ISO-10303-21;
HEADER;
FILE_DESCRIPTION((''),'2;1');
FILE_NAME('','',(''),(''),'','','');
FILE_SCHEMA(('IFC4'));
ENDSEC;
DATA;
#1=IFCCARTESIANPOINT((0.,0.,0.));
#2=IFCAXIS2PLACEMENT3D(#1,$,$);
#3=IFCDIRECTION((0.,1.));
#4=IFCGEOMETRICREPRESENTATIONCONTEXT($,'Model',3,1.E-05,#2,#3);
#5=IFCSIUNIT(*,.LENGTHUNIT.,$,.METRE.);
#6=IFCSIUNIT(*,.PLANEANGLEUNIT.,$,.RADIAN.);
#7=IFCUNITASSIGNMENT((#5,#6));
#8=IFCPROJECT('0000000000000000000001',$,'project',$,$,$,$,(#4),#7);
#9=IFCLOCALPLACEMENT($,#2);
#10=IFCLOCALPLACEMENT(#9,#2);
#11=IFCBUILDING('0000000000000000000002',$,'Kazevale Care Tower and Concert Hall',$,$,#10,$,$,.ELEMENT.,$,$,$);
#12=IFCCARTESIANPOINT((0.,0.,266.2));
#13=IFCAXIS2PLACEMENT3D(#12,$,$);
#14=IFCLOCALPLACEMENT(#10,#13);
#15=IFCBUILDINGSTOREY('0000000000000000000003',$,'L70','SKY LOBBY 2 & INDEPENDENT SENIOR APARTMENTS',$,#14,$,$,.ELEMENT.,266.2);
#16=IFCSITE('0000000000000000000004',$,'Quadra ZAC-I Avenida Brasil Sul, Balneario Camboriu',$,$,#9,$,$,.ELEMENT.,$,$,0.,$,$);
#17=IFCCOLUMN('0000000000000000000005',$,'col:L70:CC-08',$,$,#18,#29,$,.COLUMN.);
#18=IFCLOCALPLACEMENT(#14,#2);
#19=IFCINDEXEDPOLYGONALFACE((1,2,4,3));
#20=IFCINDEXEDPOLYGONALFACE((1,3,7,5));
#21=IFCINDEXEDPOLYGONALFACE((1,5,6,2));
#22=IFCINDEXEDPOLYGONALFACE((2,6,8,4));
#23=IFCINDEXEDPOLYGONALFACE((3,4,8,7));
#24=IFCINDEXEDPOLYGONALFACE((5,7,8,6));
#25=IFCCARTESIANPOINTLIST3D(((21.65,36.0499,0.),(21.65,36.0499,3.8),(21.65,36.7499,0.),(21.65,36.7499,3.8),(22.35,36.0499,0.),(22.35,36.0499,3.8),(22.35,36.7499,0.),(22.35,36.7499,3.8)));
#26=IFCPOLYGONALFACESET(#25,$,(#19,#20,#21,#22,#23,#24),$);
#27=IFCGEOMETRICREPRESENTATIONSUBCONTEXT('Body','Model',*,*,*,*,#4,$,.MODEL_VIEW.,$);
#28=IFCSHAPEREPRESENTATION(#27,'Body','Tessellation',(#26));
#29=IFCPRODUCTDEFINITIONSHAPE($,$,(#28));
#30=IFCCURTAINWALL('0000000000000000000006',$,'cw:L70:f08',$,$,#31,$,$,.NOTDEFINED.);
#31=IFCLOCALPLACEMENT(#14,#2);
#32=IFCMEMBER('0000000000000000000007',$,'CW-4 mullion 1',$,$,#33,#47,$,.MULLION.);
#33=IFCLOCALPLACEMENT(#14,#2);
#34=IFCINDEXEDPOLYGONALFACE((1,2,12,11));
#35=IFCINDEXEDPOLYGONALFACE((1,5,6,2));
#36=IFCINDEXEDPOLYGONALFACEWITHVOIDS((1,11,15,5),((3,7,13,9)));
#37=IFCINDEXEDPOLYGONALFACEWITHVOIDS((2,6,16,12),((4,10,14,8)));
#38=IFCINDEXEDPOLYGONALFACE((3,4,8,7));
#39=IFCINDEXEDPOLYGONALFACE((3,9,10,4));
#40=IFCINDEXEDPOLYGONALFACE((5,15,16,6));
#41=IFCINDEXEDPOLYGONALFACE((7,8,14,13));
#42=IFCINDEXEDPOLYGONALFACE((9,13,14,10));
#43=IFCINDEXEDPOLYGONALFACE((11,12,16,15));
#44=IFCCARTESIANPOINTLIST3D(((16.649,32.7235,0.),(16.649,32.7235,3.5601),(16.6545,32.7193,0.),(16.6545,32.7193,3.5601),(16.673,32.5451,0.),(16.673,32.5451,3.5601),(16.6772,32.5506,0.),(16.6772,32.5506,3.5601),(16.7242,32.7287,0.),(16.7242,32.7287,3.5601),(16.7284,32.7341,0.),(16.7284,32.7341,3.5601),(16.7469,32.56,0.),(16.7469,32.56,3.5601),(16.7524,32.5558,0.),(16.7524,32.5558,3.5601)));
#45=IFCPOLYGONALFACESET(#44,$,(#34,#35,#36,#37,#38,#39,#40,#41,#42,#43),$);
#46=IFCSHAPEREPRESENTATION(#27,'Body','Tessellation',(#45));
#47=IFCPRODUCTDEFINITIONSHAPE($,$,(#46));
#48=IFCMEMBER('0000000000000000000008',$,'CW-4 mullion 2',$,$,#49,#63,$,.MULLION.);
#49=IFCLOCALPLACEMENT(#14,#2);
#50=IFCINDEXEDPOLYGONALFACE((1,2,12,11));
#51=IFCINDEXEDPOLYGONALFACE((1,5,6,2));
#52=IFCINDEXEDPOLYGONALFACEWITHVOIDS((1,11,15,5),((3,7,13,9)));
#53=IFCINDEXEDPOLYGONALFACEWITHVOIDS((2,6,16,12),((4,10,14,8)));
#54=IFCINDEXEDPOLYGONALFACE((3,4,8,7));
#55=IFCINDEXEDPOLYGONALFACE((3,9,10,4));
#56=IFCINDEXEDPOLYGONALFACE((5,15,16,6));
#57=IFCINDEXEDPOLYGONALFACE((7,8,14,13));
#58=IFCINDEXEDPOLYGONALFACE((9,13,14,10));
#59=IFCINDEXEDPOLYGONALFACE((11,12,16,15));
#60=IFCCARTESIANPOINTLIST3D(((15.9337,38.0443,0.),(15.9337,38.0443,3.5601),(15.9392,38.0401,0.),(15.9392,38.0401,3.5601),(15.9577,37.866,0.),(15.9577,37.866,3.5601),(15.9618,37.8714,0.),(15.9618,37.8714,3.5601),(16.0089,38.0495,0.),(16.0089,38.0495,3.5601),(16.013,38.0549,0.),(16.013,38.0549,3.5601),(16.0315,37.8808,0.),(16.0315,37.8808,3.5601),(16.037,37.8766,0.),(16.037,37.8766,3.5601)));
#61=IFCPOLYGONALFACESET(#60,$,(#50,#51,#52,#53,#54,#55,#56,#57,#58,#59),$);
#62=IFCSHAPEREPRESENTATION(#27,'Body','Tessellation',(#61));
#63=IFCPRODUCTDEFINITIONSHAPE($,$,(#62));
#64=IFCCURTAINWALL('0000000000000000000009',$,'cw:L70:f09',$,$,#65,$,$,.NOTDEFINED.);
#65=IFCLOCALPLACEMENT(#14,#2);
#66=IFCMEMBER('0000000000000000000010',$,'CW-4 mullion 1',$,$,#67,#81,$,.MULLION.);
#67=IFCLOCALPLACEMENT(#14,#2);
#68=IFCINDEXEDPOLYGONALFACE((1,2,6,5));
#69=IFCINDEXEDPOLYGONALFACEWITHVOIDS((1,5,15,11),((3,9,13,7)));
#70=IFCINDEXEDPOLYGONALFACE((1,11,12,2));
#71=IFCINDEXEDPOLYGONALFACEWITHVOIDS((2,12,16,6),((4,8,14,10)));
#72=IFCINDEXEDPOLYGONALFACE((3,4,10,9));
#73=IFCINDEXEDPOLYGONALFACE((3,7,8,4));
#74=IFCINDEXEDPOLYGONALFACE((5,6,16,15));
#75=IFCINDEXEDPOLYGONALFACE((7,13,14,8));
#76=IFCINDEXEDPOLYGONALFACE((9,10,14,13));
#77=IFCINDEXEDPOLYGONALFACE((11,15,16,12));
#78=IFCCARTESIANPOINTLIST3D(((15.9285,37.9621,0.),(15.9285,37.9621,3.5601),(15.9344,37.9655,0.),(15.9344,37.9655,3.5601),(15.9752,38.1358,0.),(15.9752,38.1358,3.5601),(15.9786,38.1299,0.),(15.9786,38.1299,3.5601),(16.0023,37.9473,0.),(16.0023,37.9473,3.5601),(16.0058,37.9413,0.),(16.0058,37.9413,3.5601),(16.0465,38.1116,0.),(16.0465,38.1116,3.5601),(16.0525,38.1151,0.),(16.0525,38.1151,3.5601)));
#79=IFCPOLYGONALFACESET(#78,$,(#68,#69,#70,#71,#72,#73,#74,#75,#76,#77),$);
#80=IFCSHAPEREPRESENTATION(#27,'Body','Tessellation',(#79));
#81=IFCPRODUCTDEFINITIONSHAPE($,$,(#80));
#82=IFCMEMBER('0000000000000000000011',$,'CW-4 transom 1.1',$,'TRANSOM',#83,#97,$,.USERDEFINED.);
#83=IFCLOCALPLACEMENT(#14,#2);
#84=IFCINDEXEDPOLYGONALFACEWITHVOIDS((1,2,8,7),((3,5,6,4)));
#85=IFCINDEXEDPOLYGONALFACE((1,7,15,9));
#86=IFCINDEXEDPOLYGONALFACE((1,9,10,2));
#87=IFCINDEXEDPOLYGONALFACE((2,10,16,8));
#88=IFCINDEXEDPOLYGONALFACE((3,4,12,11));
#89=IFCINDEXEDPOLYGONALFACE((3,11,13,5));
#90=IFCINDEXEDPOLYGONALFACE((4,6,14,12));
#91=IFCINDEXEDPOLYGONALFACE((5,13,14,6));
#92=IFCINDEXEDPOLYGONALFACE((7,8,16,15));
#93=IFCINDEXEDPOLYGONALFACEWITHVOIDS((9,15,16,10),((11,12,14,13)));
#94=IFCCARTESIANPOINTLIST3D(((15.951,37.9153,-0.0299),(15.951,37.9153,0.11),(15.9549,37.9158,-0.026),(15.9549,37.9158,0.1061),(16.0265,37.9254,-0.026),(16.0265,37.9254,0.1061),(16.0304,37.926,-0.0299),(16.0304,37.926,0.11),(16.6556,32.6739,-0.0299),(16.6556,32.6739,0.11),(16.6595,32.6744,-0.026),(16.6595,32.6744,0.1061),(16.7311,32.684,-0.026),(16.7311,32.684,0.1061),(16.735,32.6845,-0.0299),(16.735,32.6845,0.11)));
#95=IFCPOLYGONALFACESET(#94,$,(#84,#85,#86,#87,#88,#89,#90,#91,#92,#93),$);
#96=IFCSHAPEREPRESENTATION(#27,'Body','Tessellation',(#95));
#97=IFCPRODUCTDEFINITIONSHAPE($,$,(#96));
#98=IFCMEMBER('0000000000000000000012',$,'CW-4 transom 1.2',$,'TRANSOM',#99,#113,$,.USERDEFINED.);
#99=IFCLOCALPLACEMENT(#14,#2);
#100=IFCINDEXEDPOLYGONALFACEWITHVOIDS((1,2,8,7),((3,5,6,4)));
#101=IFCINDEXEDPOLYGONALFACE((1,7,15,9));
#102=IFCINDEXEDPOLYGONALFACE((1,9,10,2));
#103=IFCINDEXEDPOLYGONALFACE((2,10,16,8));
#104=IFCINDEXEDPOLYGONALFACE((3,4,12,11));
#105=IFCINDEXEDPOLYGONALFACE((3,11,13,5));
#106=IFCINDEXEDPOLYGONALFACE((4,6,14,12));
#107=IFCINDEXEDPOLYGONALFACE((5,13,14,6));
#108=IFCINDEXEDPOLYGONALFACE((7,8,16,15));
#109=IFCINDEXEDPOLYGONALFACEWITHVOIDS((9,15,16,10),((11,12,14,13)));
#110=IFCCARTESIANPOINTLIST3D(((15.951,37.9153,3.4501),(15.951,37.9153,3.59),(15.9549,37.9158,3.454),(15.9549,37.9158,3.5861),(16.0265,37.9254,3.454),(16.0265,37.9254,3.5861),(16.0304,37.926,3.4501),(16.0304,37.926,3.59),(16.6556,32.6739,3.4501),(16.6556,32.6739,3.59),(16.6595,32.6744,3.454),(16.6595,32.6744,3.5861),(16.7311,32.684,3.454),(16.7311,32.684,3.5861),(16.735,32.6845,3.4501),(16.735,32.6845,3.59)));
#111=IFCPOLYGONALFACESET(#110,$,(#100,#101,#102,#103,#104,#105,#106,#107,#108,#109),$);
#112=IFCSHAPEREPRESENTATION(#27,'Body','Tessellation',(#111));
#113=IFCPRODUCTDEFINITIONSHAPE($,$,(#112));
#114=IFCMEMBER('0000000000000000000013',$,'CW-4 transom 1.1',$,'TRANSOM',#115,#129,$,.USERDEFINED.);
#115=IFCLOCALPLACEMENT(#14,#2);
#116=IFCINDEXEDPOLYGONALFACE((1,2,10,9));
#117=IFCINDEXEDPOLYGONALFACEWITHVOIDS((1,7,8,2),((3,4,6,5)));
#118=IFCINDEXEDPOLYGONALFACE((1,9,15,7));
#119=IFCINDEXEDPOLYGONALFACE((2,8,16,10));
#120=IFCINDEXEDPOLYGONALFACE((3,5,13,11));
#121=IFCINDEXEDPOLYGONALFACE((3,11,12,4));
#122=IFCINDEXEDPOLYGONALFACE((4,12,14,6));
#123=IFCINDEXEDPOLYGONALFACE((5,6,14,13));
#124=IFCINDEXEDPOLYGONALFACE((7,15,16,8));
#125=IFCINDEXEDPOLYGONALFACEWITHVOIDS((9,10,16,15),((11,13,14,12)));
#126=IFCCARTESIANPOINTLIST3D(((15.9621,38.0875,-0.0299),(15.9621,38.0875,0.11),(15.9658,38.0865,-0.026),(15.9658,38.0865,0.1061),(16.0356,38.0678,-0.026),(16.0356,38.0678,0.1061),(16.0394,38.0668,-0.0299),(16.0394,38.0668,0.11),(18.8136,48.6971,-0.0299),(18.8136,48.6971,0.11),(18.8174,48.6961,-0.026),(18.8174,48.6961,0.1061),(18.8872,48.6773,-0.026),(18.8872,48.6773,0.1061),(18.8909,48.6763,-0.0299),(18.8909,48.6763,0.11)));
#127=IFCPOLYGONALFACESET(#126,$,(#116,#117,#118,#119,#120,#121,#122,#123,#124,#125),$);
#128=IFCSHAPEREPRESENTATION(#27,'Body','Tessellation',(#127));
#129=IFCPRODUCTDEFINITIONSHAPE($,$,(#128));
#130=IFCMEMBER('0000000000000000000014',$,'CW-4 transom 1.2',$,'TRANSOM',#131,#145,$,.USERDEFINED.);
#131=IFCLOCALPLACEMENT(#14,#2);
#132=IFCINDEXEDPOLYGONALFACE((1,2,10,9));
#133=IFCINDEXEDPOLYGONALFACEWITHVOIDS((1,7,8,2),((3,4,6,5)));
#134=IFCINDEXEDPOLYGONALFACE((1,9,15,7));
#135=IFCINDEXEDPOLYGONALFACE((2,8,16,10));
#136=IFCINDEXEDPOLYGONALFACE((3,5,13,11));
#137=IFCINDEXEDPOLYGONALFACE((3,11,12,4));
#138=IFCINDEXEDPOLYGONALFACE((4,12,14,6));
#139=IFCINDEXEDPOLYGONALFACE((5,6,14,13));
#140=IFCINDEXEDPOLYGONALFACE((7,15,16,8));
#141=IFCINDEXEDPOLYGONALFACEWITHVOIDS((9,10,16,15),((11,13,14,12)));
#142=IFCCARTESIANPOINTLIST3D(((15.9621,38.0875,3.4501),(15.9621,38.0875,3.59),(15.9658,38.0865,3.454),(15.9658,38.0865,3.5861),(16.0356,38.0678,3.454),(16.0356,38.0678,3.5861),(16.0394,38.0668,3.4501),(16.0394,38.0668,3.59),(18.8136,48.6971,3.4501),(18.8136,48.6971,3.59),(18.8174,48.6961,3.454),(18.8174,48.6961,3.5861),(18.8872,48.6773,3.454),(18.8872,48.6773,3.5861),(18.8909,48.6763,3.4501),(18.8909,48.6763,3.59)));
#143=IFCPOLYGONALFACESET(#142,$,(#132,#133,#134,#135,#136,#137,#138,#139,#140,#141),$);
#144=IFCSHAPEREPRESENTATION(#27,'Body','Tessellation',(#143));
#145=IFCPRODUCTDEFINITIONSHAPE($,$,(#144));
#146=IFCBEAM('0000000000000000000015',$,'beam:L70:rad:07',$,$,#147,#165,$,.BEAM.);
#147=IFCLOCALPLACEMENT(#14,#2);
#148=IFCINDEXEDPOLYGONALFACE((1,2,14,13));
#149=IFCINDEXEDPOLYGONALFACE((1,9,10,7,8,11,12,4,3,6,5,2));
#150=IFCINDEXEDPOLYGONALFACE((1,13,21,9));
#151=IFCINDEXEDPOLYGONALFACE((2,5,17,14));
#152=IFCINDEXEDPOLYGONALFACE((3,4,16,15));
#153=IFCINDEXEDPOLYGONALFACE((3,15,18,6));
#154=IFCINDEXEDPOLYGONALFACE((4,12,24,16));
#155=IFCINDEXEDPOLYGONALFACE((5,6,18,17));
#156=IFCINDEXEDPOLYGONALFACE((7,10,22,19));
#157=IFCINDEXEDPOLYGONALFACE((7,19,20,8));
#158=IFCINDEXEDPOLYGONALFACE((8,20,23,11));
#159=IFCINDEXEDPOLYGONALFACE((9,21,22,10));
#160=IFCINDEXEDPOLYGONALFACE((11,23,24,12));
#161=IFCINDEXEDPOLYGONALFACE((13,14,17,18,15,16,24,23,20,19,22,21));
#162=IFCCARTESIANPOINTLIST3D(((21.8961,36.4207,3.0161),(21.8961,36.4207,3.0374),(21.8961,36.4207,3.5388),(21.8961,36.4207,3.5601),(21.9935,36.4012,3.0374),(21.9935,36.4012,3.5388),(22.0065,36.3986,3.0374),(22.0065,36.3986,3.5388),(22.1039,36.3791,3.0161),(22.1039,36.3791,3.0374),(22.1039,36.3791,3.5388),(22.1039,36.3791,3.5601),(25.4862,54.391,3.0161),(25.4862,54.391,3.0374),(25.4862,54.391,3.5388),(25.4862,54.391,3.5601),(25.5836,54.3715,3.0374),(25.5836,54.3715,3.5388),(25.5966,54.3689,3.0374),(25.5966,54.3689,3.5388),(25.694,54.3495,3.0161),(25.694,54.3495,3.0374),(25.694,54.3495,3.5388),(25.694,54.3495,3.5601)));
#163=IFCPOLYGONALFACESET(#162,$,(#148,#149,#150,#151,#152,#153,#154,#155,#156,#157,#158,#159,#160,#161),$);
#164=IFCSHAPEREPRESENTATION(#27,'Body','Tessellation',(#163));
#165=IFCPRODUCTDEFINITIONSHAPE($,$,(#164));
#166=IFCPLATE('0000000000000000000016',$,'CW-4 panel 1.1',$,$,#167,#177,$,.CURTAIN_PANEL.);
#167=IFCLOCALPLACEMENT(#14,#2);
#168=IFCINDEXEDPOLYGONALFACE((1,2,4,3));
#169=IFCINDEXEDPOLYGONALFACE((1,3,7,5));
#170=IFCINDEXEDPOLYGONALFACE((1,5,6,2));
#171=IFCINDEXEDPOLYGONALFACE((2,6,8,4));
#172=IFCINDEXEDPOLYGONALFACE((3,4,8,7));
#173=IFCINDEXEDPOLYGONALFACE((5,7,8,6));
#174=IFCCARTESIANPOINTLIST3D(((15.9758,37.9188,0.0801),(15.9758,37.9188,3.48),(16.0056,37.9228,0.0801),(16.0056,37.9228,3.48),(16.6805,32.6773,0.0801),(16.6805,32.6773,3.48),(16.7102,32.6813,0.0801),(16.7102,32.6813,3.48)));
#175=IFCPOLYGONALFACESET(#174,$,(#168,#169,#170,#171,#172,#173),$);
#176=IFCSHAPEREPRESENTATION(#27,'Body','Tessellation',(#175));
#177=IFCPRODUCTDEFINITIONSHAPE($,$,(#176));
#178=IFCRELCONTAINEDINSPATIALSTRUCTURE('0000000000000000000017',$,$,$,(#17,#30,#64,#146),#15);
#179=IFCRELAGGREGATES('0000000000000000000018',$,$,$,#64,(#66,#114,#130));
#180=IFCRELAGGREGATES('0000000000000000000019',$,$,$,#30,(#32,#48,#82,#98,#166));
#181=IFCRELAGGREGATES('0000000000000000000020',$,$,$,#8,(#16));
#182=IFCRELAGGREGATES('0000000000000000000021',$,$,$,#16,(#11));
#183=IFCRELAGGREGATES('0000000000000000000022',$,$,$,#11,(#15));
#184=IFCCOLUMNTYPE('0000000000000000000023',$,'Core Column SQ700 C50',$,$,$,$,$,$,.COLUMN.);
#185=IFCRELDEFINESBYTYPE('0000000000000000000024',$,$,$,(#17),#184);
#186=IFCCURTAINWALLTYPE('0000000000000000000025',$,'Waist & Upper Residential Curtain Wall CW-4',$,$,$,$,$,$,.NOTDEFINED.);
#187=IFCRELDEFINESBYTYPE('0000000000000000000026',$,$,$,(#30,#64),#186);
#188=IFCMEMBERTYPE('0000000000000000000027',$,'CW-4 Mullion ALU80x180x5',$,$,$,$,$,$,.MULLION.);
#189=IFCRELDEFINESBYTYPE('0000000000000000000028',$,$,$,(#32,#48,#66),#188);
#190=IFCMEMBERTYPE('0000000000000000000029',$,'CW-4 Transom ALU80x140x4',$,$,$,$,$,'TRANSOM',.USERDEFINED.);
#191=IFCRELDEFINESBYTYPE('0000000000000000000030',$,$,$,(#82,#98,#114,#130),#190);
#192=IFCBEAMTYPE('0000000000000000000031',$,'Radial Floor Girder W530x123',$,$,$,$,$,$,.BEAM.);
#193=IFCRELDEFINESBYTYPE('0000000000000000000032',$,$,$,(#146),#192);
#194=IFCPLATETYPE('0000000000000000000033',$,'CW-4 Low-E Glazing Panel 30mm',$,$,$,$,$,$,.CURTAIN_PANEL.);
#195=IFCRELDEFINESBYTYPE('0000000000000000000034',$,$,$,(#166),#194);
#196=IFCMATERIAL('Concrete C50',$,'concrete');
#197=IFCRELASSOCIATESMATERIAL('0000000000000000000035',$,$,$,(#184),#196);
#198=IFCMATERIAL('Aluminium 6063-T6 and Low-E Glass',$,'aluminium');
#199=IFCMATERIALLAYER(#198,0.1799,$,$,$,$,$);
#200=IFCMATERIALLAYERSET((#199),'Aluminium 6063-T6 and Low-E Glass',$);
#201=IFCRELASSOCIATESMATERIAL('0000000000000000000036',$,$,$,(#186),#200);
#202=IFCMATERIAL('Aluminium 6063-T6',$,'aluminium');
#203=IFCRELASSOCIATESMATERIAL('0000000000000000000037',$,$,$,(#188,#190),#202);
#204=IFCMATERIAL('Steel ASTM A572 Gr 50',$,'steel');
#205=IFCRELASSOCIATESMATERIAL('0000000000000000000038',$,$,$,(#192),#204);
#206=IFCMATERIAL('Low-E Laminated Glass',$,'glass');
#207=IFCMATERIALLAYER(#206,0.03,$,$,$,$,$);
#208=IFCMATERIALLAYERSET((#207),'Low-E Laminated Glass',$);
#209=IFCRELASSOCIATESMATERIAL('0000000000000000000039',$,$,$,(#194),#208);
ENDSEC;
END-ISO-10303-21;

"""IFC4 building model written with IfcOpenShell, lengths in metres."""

from ifc_helpers import new_model, si_unit, direction, frame, origin, origin_2d, place, context, subcontext, project, spatial, rectangle, hollow_rectangle, i_section, extrude, material, layer, layer_set, material_profile, profile_set, type_object, element, aggregate, save


model = new_model("IFC4")

# Units and contexts
model_context = context("Model", 3, precision=1e-05, world=origin(), true_north=direction((0.0, 1.0)))
body_context = subcontext(model_context, "Body", "Model", "MODEL_VIEW")
ifc_project = project(units=[si_unit("LENGTHUNIT", "METRE"), si_unit("PLANEANGLEUNIT", "RADIAN")], contexts=[model_context])

# Site, building, storey
site_placement = place(None, origin())
site = spatial("IfcSite", under=ifc_project, at=site_placement, Name="Quadra ZAC-I Avenida Brasil Sul, Balneario Camboriu", CompositionType="ELEMENT", RefElevation=0.0)
building_placement = place(site_placement, origin())
building = spatial("IfcBuilding", under=site, at=building_placement, Name="Kazevale Care Tower and Concert Hall", CompositionType="ELEMENT")
storey_placement = place(building_placement, frame((0.0, 0.0, 266.2)))
storey = spatial("IfcBuildingStorey", under=building, at=storey_placement, Name="L70", Description="SKY LOBBY 2 & INDEPENDENT SENIOR APARTMENTS", CompositionType="ELEMENT", Elevation=266.2)

# Column
ifc_material_1 = material(Name="Concrete C50", Category="concrete")
ifc_material_profile_1 = material_profile(ifc_material_1, rectangle(XDim=0.7, YDim=0.7, at=origin_2d()), Name="RC-SQ700")
ifc_profile_set_1 = profile_set([ifc_material_profile_1], Name="Concrete C50")
column_type = type_object("IfcColumnType", Name="Core Column SQ700 C50", PredefinedType="COLUMN", material=ifc_profile_set_1)
column_placement = place(storey_placement, frame((22.0, 36.3999, 0.0), z_axis=(0.0, 0.0, 1.0), x_axis=(1.0, 0.0, 0.0)))
element("IfcColumn", 1, at=column_placement, inside=storey, type_object=column_type, Name="col:L70:CC-08", PredefinedType="COLUMN", context=body_context, shape_type="SweptSolid", body=[
    extrude(rectangle(XDim=0.7, YDim=0.7, at=origin_2d()), origin(), (0.0, 0.0, 1.0), 3.8),
])

# Curtain wall, members
ifc_material_2 = material(Name="Aluminium 6063-T6 and Low-E Glass", Category="aluminium")
ifc_layer_1 = layer(ifc_material_2, 0.1799)
ifc_layer_set_1 = layer_set([ifc_layer_1], Name="Aluminium 6063-T6 and Low-E Glass")
curtain_wall_type = type_object("IfcCurtainWallType", Name="Waist & Upper Residential Curtain Wall CW-4", PredefinedType="NOTDEFINED", material=ifc_layer_set_1)
curtain_wall_1_placement = place(storey_placement, origin())
curtain_wall_1 = element("IfcCurtainWall", 2, at=curtain_wall_1_placement, inside=storey, type_object=curtain_wall_type, Name="cw:L70:f08", PredefinedType="NOTDEFINED")
ifc_material_3 = material(Name="Aluminium 6063-T6", Category="aluminium")
ifc_material_profile_2 = material_profile(ifc_material_3, hollow_rectangle(XDim=0.0801, YDim=0.1799, WallThickness=0.0049, at=origin_2d()), Name="ALU80x180x5")
ifc_profile_set_2 = profile_set([ifc_material_profile_2], Name="Aluminium 6063-T6")
member_type_1 = type_object("IfcMemberType", Name="CW-4 Mullion ALU80x180x5", PredefinedType="MULLION", material=ifc_profile_set_2)
member_1_placement = place(storey_placement, frame((16.7007, 32.6396, 0.0), z_axis=(0.0, 0.0, 1.0), x_axis=(-0.991083, -0.133246, 0.0)))
member_1 = element("IfcMember", 3, at=member_1_placement, type_object=member_type_1, Name="CW-4 mullion 1", PredefinedType="MULLION", context=body_context, shape_type="SweptSolid", body=[
    extrude(hollow_rectangle(XDim=0.0801, YDim=0.1799, WallThickness=0.0049, at=origin_2d()), origin(), (0.0, 0.0, 1.0), 3.5601),
])
member_2_placement = place(storey_placement, frame((15.9854, 37.9604, 0.0), z_axis=(0.0, 0.0, 1.0), x_axis=(-0.991083, -0.133246, 0.0)))
member_2 = element("IfcMember", 4, at=member_2_placement, type_object=member_type_1, Name="CW-4 mullion 2", PredefinedType="MULLION", context=body_context, shape_type="SweptSolid", body=[
    extrude(hollow_rectangle(XDim=0.0801, YDim=0.1799, WallThickness=0.0049, at=origin_2d()), origin(), (0.0, 0.0, 1.0), 3.5601),
])

# Curtain wall, member
curtain_wall_2_placement = place(storey_placement, origin())
curtain_wall_2 = element("IfcCurtainWall", 5, at=curtain_wall_2_placement, inside=storey, type_object=curtain_wall_type, Name="cw:L70:f09", PredefinedType="NOTDEFINED")
member_3_placement = place(storey_placement, frame((15.9905, 38.0386, 0.0), z_axis=(0.0, 0.0, 1.0), x_axis=(-0.965728, 0.259555, 0.0)))
member_3 = element("IfcMember", 6, at=member_3_placement, type_object=member_type_1, Name="CW-4 mullion 1", PredefinedType="MULLION", context=body_context, shape_type="SweptSolid", body=[
    extrude(hollow_rectangle(XDim=0.0801, YDim=0.1799, WallThickness=0.0049, at=origin_2d()), origin(), (0.0, 0.0, 1.0), 3.5601),
])

# Members
ifc_material_profile_3 = material_profile(ifc_material_3, hollow_rectangle(XDim=0.0801, YDim=0.1399, WallThickness=0.0039, at=origin_2d()), Name="ALU80x140x4")
ifc_profile_set_3 = profile_set([ifc_material_profile_3], Name="Aluminium 6063-T6")
member_type_2 = type_object("IfcMemberType", Name="CW-4 Transom ALU80x140x4", ElementType="TRANSOM", PredefinedType="USERDEFINED", material=ifc_profile_set_3)
member_4_placement = place(storey_placement, frame((16.6953, 32.6792, 0.04), z_axis=(-0.133228, 0.991085, 0.0), x_axis=(-0.991085, -0.133228, 0.0)))
member_4 = element("IfcMember", 7, at=member_4_placement, type_object=member_type_2, Name="CW-4 transom 1.1", ObjectType="TRANSOM", PredefinedType="USERDEFINED", context=body_context, shape_type="SweptSolid", body=[
    extrude(hollow_rectangle(XDim=0.0801, YDim=0.1399, WallThickness=0.0039, at=origin_2d()), origin(), (0.0, 0.0, 1.0), 5.2886),
])
member_5_placement = place(storey_placement, frame((16.6953, 32.6792, 3.52), z_axis=(-0.133228, 0.991085, 0.0), x_axis=(-0.991085, -0.133228, 0.0)))
member_5 = element("IfcMember", 8, at=member_5_placement, type_object=member_type_2, Name="CW-4 transom 1.2", ObjectType="TRANSOM", PredefinedType="USERDEFINED", context=body_context, shape_type="SweptSolid", body=[
    extrude(hollow_rectangle(XDim=0.0801, YDim=0.1399, WallThickness=0.0039, at=origin_2d()), origin(), (0.0, 0.0, 1.0), 5.2886),
])
member_6_placement = place(storey_placement, frame((16.0007, 38.0771, 0.04), z_axis=(0.25956, 0.965727, 0.0), x_axis=(-0.965727, 0.25956, 0.0)))
member_6 = element("IfcMember", 9, at=member_6_placement, type_object=member_type_2, Name="CW-4 transom 1.1", ObjectType="TRANSOM", PredefinedType="USERDEFINED", context=body_context, shape_type="SweptSolid", body=[
    extrude(hollow_rectangle(XDim=0.0801, YDim=0.1399, WallThickness=0.0039, at=origin_2d()), origin(), (0.0, 0.0, 1.0), 10.9861),
])
member_7_placement = place(storey_placement, frame((16.0007, 38.0771, 3.52), z_axis=(0.25956, 0.965727, 0.0), x_axis=(-0.965727, 0.25956, 0.0)))
member_7 = element("IfcMember", 10, at=member_7_placement, type_object=member_type_2, Name="CW-4 transom 1.2", ObjectType="TRANSOM", PredefinedType="USERDEFINED", context=body_context, shape_type="SweptSolid", body=[
    extrude(hollow_rectangle(XDim=0.0801, YDim=0.1399, WallThickness=0.0039, at=origin_2d()), origin(), (0.0, 0.0, 1.0), 10.9861),
])
aggregate(curtain_wall_2, [member_3, member_6, member_7])

# Beam
ifc_material_4 = material(Name="Steel ASTM A572 Gr 50", Category="steel")
ifc_material_profile_4 = material_profile(ifc_material_4, i_section(OverallWidth=0.2119, OverallDepth=0.5439, WebThickness=0.0132, FlangeThickness=0.0212, at=origin_2d()), Name="W530x123")
ifc_profile_set_4 = profile_set([ifc_material_profile_4], Name="Steel ASTM A572 Gr 50")
beam_type = type_object("IfcBeamType", Name="Radial Floor Girder W530x123", PredefinedType="BEAM", material=ifc_profile_set_4)
beam_placement = place(storey_placement, frame((22.0, 36.3999, 3.2881), z_axis=(0.195909, 0.980622, 0.0), x_axis=(-0.980622, 0.195909, 0.0)))
element("IfcBeam", 11, at=beam_placement, inside=storey, type_object=beam_type, Name="beam:L70:rad:07", PredefinedType="BEAM", context=body_context, shape_type="SweptSolid", body=[
    extrude(i_section(OverallWidth=0.2119, OverallDepth=0.5439, WebThickness=0.0132, FlangeThickness=0.0212, at=origin_2d()), origin(), (0.0, 0.0, 1.0), 18.3254),
])

# Plate
ifc_material_5 = material(Name="Low-E Laminated Glass", Category="glass")
ifc_layer_2 = layer(ifc_material_5, 0.03)
ifc_layer_set_2 = layer_set([ifc_layer_2], Name="Low-E Laminated Glass")
plate_type = type_object("IfcPlateType", Name="CW-4 Low-E Glazing Panel 30mm", PredefinedType="CURTAIN_PANEL", material=ifc_layer_set_2)
plate_placement = place(storey_placement, frame((16.343, 35.3, 0.0801), z_axis=(0.0, 0.0, 1.0), x_axis=(-0.133246, 0.991083, 0.0)))
plate = element("IfcPlate", 12, at=plate_placement, type_object=plate_type, Name="CW-4 panel 1.1", PredefinedType="CURTAIN_PANEL", context=body_context, shape_type="SweptSolid", body=[
    extrude(rectangle(XDim=5.2886, YDim=0.03, at=origin_2d()), origin(), (0.0, 0.0, 1.0), 3.3999),
])
aggregate(curtain_wall_1, [member_1, member_2, member_4, member_5, plate])

save(model, "model.ifc")
